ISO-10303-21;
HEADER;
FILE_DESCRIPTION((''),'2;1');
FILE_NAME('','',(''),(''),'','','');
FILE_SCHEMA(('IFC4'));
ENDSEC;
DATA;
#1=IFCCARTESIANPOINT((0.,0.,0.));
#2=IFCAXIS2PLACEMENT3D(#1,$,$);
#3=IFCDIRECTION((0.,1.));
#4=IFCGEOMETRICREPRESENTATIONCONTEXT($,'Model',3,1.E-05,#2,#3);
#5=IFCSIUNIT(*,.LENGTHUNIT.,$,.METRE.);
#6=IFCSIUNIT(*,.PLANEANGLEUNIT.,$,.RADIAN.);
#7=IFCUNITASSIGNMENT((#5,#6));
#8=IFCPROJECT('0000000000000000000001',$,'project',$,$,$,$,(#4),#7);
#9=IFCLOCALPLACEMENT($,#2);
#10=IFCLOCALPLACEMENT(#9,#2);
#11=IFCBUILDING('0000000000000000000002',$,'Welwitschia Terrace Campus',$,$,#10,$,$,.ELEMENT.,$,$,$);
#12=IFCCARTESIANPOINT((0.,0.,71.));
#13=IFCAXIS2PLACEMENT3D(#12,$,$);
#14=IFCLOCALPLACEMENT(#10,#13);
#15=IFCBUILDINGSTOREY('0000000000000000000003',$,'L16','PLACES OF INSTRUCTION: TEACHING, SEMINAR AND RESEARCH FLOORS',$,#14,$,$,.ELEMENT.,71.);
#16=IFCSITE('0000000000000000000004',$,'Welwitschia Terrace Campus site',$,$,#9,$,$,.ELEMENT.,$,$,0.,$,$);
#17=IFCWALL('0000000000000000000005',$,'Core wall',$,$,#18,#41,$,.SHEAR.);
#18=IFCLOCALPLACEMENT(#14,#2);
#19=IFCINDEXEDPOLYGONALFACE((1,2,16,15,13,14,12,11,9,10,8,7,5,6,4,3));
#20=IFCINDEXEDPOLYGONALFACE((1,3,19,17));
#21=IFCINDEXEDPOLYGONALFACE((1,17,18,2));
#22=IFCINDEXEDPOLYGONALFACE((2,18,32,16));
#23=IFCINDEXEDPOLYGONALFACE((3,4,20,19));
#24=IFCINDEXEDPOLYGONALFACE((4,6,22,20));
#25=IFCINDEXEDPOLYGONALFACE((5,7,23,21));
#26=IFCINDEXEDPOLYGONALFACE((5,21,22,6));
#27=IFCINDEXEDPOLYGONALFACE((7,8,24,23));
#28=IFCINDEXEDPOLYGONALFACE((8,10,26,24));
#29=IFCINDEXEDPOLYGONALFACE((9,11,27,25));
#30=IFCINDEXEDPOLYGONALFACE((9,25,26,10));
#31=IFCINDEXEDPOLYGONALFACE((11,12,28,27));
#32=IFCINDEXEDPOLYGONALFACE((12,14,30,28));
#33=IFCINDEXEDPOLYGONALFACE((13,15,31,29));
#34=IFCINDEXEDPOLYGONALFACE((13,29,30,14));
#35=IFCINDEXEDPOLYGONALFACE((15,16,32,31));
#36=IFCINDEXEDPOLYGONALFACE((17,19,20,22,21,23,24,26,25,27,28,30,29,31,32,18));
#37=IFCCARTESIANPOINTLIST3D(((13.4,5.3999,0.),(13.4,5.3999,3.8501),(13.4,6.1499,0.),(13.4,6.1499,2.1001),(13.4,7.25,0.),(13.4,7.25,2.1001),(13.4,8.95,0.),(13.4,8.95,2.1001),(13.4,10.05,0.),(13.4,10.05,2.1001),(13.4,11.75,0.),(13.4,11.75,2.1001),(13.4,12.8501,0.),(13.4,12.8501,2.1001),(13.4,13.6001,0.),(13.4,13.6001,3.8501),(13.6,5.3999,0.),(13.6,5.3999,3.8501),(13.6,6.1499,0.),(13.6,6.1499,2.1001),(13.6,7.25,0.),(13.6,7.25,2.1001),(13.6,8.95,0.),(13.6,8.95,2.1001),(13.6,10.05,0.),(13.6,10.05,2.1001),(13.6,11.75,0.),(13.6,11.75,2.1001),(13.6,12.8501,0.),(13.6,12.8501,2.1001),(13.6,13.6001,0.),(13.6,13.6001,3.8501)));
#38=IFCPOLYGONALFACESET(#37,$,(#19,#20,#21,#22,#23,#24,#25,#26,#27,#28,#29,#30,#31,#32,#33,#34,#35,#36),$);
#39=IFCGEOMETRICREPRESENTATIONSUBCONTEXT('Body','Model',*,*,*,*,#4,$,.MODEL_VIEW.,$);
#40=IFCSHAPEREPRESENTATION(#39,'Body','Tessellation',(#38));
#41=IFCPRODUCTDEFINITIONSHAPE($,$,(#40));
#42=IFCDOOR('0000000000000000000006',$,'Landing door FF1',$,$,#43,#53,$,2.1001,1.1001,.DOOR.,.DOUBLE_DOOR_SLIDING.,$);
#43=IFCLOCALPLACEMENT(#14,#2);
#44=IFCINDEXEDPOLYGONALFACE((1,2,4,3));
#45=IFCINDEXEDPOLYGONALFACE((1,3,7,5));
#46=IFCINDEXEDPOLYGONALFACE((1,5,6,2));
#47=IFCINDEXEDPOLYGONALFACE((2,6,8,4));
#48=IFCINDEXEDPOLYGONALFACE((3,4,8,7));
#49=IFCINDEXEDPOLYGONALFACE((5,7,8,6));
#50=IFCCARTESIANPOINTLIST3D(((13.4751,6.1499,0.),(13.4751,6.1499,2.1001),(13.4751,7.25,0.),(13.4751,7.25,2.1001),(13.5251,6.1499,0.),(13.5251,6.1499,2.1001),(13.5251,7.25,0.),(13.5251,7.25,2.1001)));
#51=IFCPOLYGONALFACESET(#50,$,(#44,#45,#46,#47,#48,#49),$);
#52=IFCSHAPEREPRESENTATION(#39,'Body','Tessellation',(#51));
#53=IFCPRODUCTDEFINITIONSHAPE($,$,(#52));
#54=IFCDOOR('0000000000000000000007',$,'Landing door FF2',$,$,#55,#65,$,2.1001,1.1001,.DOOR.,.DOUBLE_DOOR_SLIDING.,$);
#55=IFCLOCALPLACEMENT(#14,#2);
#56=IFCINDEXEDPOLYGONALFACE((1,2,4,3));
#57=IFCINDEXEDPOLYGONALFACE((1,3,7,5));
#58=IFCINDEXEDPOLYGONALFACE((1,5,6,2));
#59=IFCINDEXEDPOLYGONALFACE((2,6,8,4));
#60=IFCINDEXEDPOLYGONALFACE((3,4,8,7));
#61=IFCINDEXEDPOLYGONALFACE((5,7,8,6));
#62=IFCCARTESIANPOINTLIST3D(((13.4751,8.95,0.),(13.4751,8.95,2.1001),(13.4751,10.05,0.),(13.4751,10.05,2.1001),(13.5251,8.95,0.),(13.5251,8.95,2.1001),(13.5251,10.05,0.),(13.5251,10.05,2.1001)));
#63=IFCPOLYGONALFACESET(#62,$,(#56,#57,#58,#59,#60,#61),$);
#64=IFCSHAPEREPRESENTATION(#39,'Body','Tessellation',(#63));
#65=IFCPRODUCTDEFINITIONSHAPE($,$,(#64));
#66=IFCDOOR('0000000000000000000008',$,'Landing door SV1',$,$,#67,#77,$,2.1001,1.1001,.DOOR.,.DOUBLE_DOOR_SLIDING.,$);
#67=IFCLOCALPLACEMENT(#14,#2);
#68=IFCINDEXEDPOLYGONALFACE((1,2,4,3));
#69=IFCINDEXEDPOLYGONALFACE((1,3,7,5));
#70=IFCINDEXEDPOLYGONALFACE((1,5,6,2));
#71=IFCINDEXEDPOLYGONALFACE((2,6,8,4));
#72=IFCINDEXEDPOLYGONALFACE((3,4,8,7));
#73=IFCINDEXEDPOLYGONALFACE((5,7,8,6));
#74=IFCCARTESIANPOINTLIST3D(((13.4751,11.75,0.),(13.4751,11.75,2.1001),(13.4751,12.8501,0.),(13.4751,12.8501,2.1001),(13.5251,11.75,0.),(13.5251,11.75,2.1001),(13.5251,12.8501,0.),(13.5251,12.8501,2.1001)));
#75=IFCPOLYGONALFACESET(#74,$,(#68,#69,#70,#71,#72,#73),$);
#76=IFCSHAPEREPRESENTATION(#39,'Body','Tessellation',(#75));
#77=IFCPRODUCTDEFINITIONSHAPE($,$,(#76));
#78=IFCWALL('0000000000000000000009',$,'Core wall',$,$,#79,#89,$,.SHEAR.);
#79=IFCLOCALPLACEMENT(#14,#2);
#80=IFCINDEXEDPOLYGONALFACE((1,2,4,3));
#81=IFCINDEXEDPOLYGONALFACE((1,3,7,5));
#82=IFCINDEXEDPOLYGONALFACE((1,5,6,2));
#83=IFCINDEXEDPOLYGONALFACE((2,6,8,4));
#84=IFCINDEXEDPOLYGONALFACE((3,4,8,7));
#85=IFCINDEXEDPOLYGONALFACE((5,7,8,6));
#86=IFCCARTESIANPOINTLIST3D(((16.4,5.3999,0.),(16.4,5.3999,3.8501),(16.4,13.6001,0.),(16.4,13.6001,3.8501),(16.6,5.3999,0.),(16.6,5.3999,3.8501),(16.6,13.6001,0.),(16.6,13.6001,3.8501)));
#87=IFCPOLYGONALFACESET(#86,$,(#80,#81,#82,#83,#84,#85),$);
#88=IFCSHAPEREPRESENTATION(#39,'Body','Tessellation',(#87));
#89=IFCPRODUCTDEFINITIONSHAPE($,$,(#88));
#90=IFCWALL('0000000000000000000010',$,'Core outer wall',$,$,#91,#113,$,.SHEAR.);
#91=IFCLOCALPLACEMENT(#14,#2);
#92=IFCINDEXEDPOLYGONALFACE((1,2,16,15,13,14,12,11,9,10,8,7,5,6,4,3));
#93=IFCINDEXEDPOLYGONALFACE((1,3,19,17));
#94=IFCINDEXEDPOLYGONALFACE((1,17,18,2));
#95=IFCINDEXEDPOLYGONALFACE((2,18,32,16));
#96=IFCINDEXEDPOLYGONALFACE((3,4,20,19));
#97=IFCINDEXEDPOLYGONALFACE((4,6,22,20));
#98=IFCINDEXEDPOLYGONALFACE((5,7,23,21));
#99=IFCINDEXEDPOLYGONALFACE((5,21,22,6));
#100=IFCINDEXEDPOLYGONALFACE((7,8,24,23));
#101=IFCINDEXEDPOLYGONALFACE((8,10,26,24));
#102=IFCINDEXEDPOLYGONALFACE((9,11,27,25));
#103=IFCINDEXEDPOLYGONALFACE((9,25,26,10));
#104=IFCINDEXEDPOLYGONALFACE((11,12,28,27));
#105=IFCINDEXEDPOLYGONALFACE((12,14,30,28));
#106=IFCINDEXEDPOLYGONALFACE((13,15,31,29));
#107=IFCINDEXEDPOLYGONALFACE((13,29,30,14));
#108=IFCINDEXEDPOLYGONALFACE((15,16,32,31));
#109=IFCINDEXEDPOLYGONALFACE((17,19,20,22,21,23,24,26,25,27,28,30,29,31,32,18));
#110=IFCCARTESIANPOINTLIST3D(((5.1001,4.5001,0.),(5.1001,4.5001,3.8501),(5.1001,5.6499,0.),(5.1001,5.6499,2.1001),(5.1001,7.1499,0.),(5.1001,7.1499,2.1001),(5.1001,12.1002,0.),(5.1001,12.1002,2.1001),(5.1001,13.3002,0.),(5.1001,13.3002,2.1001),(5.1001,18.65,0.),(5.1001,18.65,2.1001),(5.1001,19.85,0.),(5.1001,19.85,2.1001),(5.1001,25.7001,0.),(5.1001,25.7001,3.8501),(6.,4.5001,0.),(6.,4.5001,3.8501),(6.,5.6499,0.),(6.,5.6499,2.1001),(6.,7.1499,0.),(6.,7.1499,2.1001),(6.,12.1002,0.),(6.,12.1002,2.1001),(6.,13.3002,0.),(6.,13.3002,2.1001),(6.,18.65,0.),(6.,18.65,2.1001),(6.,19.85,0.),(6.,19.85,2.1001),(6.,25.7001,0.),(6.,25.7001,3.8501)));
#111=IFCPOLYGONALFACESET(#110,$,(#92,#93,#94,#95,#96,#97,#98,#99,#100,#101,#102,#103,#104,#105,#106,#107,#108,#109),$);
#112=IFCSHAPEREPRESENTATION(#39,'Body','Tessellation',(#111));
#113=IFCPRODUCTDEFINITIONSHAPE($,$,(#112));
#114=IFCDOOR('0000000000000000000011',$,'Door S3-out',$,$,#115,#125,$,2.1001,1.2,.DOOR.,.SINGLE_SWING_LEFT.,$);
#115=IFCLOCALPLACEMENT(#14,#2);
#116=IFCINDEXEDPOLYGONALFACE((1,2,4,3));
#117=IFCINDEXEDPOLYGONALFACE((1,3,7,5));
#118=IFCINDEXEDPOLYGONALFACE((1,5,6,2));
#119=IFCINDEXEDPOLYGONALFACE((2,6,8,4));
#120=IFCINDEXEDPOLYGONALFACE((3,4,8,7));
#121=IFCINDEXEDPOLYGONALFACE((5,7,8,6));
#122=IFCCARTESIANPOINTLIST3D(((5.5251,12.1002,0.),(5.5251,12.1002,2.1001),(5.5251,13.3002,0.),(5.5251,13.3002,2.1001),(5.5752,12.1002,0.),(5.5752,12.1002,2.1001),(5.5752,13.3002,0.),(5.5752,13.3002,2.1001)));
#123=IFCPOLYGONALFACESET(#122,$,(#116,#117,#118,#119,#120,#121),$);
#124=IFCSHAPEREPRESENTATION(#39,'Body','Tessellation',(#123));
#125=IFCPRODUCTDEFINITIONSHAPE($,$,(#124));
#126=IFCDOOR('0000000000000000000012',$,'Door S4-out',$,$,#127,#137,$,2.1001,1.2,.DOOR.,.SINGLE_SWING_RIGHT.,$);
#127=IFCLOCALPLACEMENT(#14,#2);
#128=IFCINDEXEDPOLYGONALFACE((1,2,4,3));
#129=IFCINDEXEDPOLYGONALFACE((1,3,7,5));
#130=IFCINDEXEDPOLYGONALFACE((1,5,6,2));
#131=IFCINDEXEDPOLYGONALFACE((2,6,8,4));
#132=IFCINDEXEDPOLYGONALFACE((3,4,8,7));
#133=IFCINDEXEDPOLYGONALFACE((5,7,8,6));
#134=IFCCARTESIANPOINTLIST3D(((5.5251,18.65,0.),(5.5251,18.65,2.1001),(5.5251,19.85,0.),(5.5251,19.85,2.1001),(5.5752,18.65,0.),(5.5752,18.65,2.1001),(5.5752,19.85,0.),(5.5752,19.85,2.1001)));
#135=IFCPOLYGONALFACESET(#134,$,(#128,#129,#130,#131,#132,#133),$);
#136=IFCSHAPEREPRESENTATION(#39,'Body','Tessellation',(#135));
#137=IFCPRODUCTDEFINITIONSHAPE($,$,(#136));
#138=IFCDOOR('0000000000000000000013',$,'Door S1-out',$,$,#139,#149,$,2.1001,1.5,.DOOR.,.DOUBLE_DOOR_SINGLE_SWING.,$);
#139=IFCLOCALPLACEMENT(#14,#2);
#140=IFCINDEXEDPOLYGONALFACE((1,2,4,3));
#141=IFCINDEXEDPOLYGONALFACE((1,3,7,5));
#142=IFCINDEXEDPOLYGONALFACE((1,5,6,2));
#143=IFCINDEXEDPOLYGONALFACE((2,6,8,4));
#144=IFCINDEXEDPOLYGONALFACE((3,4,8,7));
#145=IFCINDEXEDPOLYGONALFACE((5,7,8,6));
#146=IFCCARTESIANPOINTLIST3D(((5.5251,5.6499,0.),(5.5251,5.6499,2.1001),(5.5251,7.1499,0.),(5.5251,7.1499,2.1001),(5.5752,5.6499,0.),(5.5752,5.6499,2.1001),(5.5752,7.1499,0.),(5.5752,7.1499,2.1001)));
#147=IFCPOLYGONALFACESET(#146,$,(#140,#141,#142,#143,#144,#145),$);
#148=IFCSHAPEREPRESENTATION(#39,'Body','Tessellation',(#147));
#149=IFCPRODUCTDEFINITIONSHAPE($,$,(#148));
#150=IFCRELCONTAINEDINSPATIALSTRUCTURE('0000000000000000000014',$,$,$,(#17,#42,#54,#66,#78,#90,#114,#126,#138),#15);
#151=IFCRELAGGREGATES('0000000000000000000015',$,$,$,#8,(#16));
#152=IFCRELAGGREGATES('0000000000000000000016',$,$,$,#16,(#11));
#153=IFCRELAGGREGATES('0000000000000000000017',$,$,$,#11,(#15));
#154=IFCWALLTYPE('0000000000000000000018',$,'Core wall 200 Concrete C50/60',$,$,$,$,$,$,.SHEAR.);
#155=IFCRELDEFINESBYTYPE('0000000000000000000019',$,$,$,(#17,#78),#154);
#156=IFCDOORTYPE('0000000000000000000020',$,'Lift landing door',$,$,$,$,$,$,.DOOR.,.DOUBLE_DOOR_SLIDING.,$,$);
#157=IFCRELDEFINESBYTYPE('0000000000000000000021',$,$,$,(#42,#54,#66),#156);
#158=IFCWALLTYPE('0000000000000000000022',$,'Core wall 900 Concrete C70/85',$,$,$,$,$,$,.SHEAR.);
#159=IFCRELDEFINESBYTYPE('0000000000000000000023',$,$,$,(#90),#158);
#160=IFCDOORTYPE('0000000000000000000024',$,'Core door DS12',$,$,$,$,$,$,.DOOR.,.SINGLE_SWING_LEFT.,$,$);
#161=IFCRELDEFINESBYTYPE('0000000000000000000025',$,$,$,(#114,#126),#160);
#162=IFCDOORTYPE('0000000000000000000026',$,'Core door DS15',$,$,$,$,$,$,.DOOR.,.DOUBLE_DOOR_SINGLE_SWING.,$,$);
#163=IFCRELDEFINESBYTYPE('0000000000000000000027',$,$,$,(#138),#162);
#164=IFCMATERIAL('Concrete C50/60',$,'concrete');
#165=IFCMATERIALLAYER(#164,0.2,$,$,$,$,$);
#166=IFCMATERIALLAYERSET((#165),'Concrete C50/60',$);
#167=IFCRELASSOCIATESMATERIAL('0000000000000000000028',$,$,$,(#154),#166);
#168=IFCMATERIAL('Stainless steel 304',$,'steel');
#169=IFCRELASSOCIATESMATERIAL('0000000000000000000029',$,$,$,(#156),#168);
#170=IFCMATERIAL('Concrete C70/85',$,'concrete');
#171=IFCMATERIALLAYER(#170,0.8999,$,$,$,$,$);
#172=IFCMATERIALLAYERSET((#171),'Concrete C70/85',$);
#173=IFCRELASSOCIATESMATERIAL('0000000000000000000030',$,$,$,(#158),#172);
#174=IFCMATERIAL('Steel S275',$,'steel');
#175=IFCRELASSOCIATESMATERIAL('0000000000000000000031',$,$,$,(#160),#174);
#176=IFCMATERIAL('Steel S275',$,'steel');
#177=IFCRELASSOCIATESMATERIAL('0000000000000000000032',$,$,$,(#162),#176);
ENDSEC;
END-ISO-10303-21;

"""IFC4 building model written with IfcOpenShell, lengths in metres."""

from ifc_helpers import new_model, si_unit, direction, frame, frame_2d, origin, place, context, subcontext, project, spatial, rectangle, extrude, material, layer, layer_set, type_object, element, fill, save


model = new_model("IFC4")

# Units and contexts
model_context = context("Model", 3, precision=1e-05, world=origin(), true_north=direction((0.0, 1.0)))
body_context = subcontext(model_context, "Body", "Model", "MODEL_VIEW")
ifc_project = project(units=[si_unit("LENGTHUNIT", "METRE"), si_unit("PLANEANGLEUNIT", "RADIAN")], contexts=[model_context])

# Site, building, storey
site_placement = place(None, origin())
site = spatial("IfcSite", under=ifc_project, at=site_placement, Name="Welwitschia Terrace Campus site", CompositionType="ELEMENT", RefElevation=0.0)
building_placement = place(site_placement, origin())
building = spatial("IfcBuilding", under=site, at=building_placement, Name="Welwitschia Terrace Campus", CompositionType="ELEMENT")
storey_placement = place(building_placement, frame((0.0, 0.0, 71.0)))
storey = spatial("IfcBuildingStorey", under=building, at=storey_placement, Name="L16", Description="PLACES OF INSTRUCTION: TEACHING, SEMINAR AND RESEARCH FLOORS", CompositionType="ELEMENT", Elevation=71.0)

# Wall, openings, doors
ifc_material_1 = material(Name="Concrete C50/60", Category="concrete")
ifc_layer_1 = layer(ifc_material_1, 0.2)
ifc_layer_set_1 = layer_set([ifc_layer_1], Name="Concrete C50/60")
wall_type_1 = type_object("IfcWallType", Name="Core wall 200 Concrete C50/60", PredefinedType="SHEAR", material=ifc_layer_set_1)
wall_1_placement = place(storey_placement, frame((13.5, 5.3999, 0.0), z_axis=(0.0, 0.0, 1.0), x_axis=(0.0, 1.0, 0.0)))
wall_1 = element("IfcWall", 1, at=wall_1_placement, inside=storey, type_object=wall_type_1, Name="Core wall", PredefinedType="SHEAR", context=body_context, shape_type="SweptSolid", body=[
    extrude(rectangle(XDim=8.2002, YDim=0.2, at=frame_2d((4.1001, 0.0))), origin(), (0.0, 0.0, 1.0), 3.8501),
])
opening_1_placement = place(wall_1_placement, frame((0.75, 0.0, 0.0)))
opening_1 = element("IfcOpeningElement", 2, at=opening_1_placement, cuts=wall_1, PredefinedType="OPENING", context=body_context, shape_type="SweptSolid", body=[
    extrude(rectangle(XDim=1.1001, YDim=2.1001, at=frame_2d((0.55, 1.05))), frame((0.0, 0.1099, 0.0), z_axis=(0.0, -1.0, 0.0), x_axis=(1.0, 0.0, 0.0)), (0.0, 0.0, 1.0), 0.22),
])
opening_2_placement = place(wall_1_placement, frame((3.55, 0.0, 0.0)))
opening_2 = element("IfcOpeningElement", 3, at=opening_2_placement, cuts=wall_1, PredefinedType="OPENING", context=body_context, shape_type="SweptSolid", body=[
    extrude(rectangle(XDim=1.1001, YDim=2.1001, at=frame_2d((0.55, 1.05))), frame((0.0, 0.1099, 0.0), z_axis=(0.0, -1.0, 0.0), x_axis=(1.0, 0.0, 0.0)), (0.0, 0.0, 1.0), 0.22),
])
opening_3_placement = place(wall_1_placement, frame((6.3501, 0.0, 0.0)))
opening_3 = element("IfcOpeningElement", 4, at=opening_3_placement, cuts=wall_1, PredefinedType="OPENING", context=body_context, shape_type="SweptSolid", body=[
    extrude(rectangle(XDim=1.1001, YDim=2.1001, at=frame_2d((0.55, 1.05))), frame((0.0, 0.1099, 0.0), z_axis=(0.0, -1.0, 0.0), x_axis=(1.0, 0.0, 0.0)), (0.0, 0.0, 1.0), 0.22),
])
ifc_material_2 = material(Name="Stainless steel 304", Category="steel")
door_type_1 = type_object("IfcDoorType", Name="Lift landing door", OperationType="DOUBLE_DOOR_SLIDING", PredefinedType="DOOR", material=ifc_material_2)
door_1_placement = place(opening_1_placement, origin())
door_1 = element("IfcDoor", 5, at=door_1_placement, inside=storey, type_object=door_type_1, Name="Landing door FF1", OperationType="DOUBLE_DOOR_SLIDING", OverallHeight=2.1001, OverallWidth=1.1001, PredefinedType="DOOR", context=body_context, shape_type="SweptSolid", body=[
    extrude(rectangle(XDim=1.1001, YDim=2.1001, at=frame_2d((0.55, 1.05))), frame((0.0, 0.0249, 0.0), z_axis=(0.0, -1.0, 0.0), x_axis=(1.0, 0.0, 0.0)), (0.0, 0.0, 1.0), 0.05),
])
fill(opening_1, door_1)
door_2_placement = place(opening_2_placement, origin())
door_2 = element("IfcDoor", 6, at=door_2_placement, inside=storey, type_object=door_type_1, Name="Landing door FF2", OperationType="DOUBLE_DOOR_SLIDING", OverallHeight=2.1001, OverallWidth=1.1001, PredefinedType="DOOR", context=body_context, shape_type="SweptSolid", body=[
    extrude(rectangle(XDim=1.1001, YDim=2.1001, at=frame_2d((0.55, 1.05))), frame((0.0, 0.0249, 0.0), z_axis=(0.0, -1.0, 0.0), x_axis=(1.0, 0.0, 0.0)), (0.0, 0.0, 1.0), 0.05),
])
fill(opening_2, door_2)
door_3_placement = place(opening_3_placement, origin())
door_3 = element("IfcDoor", 7, at=door_3_placement, inside=storey, type_object=door_type_1, Name="Landing door SV1", OperationType="DOUBLE_DOOR_SLIDING", OverallHeight=2.1001, OverallWidth=1.1001, PredefinedType="DOOR", context=body_context, shape_type="SweptSolid", body=[
    extrude(rectangle(XDim=1.1001, YDim=2.1001, at=frame_2d((0.55, 1.05))), frame((0.0, 0.0249, 0.0), z_axis=(0.0, -1.0, 0.0), x_axis=(1.0, 0.0, 0.0)), (0.0, 0.0, 1.0), 0.05),
])
fill(opening_3, door_3)

# Wall
wall_2_placement = place(storey_placement, frame((16.5, 5.3999, 0.0), z_axis=(0.0, 0.0, 1.0), x_axis=(0.0, 1.0, 0.0)))
element("IfcWall", 8, at=wall_2_placement, inside=storey, type_object=wall_type_1, Name="Core wall", PredefinedType="SHEAR", context=body_context, shape_type="SweptSolid", body=[
    extrude(rectangle(XDim=8.2002, YDim=0.2, at=frame_2d((4.1001, 0.0))), origin(), (0.0, 0.0, 1.0), 3.8501),
])

# Wall, openings, doors
ifc_material_3 = material(Name="Concrete C70/85", Category="concrete")
ifc_layer_2 = layer(ifc_material_3, 0.8999)
ifc_layer_set_2 = layer_set([ifc_layer_2], Name="Concrete C70/85")
wall_type_2 = type_object("IfcWallType", Name="Core wall 900 Concrete C70/85", PredefinedType="SHEAR", material=ifc_layer_set_2)
wall_3_placement = place(storey_placement, frame((5.55, 4.5, 0.0), z_axis=(0.0, 0.0, 1.0), x_axis=(0.0, 1.0, 0.0)))
wall_3 = element("IfcWall", 9, at=wall_3_placement, inside=storey, type_object=wall_type_2, Name="Core outer wall", PredefinedType="SHEAR", context=body_context, shape_type="SweptSolid", body=[
    extrude(rectangle(XDim=21.2, YDim=0.8999, at=frame_2d((10.6001, 0.0))), origin(), (0.0, 0.0, 1.0), 3.8501),
])
opening_4_placement = place(wall_3_placement, frame((1.1499, 0.0, 0.0)))
opening_4 = element("IfcOpeningElement", 10, at=opening_4_placement, cuts=wall_3, PredefinedType="OPENING", context=body_context, shape_type="SweptSolid", body=[
    extrude(rectangle(XDim=1.5, YDim=2.1001, at=frame_2d((0.75, 1.05))), frame((0.0, 0.46, 0.0), z_axis=(0.0, -1.0, 0.0), x_axis=(1.0, 0.0, 0.0)), (0.0, 0.0, 1.0), 0.9199),
])
opening_5_placement = place(wall_3_placement, frame((7.6001, 0.0, 0.0)))
opening_5 = element("IfcOpeningElement", 11, at=opening_5_placement, cuts=wall_3, PredefinedType="OPENING", context=body_context, shape_type="SweptSolid", body=[
    extrude(rectangle(XDim=1.2, YDim=2.1001, at=frame_2d((0.6001, 1.05))), frame((0.0, 0.46, 0.0), z_axis=(0.0, -1.0, 0.0), x_axis=(1.0, 0.0, 0.0)), (0.0, 0.0, 1.0), 0.9199),
])
opening_6_placement = place(wall_3_placement, frame((14.1499, 0.0, 0.0)))
opening_6 = element("IfcOpeningElement", 12, at=opening_6_placement, cuts=wall_3, PredefinedType="OPENING", context=body_context, shape_type="SweptSolid", body=[
    extrude(rectangle(XDim=1.2, YDim=2.1001, at=frame_2d((0.6001, 1.05))), frame((0.0, 0.46, 0.0), z_axis=(0.0, -1.0, 0.0), x_axis=(1.0, 0.0, 0.0)), (0.0, 0.0, 1.0), 0.9199),
])
ifc_material_4 = material(Name="Steel S275", Category="steel")
door_type_2 = type_object("IfcDoorType", Name="Core door DS12", OperationType="SINGLE_SWING_LEFT", PredefinedType="DOOR", material=ifc_material_4)
door_4_placement = place(opening_5_placement, origin())
door_4 = element("IfcDoor", 13, at=door_4_placement, inside=storey, type_object=door_type_2, Name="Door S3-out", OperationType="SINGLE_SWING_LEFT", OverallHeight=2.1001, OverallWidth=1.2, PredefinedType="DOOR", context=body_context, shape_type="SweptSolid", body=[
    extrude(rectangle(XDim=1.2, YDim=2.1001, at=frame_2d((0.6001, 1.05))), frame((0.0, 0.0249, 0.0), z_axis=(0.0, -1.0, 0.0), x_axis=(1.0, 0.0, 0.0)), (0.0, 0.0, 1.0), 0.05),
])
fill(opening_5, door_4)
door_5_placement = place(opening_6_placement, origin())
door_5 = element("IfcDoor", 14, at=door_5_placement, inside=storey, type_object=door_type_2, Name="Door S4-out", OperationType="SINGLE_SWING_RIGHT", OverallHeight=2.1001, OverallWidth=1.2, PredefinedType="DOOR", context=body_context, shape_type="SweptSolid", body=[
    extrude(rectangle(XDim=1.2, YDim=2.1001, at=frame_2d((0.6001, 1.05))), frame((0.0, 0.0249, 0.0), z_axis=(0.0, -1.0, 0.0), x_axis=(1.0, 0.0, 0.0)), (0.0, 0.0, 1.0), 0.05),
])
fill(opening_6, door_5)
ifc_material_5 = material(Name="Steel S275", Category="steel")
door_type_3 = type_object("IfcDoorType", Name="Core door DS15", OperationType="DOUBLE_DOOR_SINGLE_SWING", PredefinedType="DOOR", material=ifc_material_5)
door_6_placement = place(opening_4_placement, origin())
door_6 = element("IfcDoor", 15, at=door_6_placement, inside=storey, type_object=door_type_3, Name="Door S1-out", OperationType="DOUBLE_DOOR_SINGLE_SWING", OverallHeight=2.1001, OverallWidth=1.5, PredefinedType="DOOR", context=body_context, shape_type="SweptSolid", body=[
    extrude(rectangle(XDim=1.5, YDim=2.1001, at=frame_2d((0.75, 1.05))), frame((0.0, 0.0249, 0.0), z_axis=(0.0, -1.0, 0.0), x_axis=(1.0, 0.0, 0.0)), (0.0, 0.0, 1.0), 0.05),
])
fill(opening_4, door_6)

save(model, "model.ifc")
